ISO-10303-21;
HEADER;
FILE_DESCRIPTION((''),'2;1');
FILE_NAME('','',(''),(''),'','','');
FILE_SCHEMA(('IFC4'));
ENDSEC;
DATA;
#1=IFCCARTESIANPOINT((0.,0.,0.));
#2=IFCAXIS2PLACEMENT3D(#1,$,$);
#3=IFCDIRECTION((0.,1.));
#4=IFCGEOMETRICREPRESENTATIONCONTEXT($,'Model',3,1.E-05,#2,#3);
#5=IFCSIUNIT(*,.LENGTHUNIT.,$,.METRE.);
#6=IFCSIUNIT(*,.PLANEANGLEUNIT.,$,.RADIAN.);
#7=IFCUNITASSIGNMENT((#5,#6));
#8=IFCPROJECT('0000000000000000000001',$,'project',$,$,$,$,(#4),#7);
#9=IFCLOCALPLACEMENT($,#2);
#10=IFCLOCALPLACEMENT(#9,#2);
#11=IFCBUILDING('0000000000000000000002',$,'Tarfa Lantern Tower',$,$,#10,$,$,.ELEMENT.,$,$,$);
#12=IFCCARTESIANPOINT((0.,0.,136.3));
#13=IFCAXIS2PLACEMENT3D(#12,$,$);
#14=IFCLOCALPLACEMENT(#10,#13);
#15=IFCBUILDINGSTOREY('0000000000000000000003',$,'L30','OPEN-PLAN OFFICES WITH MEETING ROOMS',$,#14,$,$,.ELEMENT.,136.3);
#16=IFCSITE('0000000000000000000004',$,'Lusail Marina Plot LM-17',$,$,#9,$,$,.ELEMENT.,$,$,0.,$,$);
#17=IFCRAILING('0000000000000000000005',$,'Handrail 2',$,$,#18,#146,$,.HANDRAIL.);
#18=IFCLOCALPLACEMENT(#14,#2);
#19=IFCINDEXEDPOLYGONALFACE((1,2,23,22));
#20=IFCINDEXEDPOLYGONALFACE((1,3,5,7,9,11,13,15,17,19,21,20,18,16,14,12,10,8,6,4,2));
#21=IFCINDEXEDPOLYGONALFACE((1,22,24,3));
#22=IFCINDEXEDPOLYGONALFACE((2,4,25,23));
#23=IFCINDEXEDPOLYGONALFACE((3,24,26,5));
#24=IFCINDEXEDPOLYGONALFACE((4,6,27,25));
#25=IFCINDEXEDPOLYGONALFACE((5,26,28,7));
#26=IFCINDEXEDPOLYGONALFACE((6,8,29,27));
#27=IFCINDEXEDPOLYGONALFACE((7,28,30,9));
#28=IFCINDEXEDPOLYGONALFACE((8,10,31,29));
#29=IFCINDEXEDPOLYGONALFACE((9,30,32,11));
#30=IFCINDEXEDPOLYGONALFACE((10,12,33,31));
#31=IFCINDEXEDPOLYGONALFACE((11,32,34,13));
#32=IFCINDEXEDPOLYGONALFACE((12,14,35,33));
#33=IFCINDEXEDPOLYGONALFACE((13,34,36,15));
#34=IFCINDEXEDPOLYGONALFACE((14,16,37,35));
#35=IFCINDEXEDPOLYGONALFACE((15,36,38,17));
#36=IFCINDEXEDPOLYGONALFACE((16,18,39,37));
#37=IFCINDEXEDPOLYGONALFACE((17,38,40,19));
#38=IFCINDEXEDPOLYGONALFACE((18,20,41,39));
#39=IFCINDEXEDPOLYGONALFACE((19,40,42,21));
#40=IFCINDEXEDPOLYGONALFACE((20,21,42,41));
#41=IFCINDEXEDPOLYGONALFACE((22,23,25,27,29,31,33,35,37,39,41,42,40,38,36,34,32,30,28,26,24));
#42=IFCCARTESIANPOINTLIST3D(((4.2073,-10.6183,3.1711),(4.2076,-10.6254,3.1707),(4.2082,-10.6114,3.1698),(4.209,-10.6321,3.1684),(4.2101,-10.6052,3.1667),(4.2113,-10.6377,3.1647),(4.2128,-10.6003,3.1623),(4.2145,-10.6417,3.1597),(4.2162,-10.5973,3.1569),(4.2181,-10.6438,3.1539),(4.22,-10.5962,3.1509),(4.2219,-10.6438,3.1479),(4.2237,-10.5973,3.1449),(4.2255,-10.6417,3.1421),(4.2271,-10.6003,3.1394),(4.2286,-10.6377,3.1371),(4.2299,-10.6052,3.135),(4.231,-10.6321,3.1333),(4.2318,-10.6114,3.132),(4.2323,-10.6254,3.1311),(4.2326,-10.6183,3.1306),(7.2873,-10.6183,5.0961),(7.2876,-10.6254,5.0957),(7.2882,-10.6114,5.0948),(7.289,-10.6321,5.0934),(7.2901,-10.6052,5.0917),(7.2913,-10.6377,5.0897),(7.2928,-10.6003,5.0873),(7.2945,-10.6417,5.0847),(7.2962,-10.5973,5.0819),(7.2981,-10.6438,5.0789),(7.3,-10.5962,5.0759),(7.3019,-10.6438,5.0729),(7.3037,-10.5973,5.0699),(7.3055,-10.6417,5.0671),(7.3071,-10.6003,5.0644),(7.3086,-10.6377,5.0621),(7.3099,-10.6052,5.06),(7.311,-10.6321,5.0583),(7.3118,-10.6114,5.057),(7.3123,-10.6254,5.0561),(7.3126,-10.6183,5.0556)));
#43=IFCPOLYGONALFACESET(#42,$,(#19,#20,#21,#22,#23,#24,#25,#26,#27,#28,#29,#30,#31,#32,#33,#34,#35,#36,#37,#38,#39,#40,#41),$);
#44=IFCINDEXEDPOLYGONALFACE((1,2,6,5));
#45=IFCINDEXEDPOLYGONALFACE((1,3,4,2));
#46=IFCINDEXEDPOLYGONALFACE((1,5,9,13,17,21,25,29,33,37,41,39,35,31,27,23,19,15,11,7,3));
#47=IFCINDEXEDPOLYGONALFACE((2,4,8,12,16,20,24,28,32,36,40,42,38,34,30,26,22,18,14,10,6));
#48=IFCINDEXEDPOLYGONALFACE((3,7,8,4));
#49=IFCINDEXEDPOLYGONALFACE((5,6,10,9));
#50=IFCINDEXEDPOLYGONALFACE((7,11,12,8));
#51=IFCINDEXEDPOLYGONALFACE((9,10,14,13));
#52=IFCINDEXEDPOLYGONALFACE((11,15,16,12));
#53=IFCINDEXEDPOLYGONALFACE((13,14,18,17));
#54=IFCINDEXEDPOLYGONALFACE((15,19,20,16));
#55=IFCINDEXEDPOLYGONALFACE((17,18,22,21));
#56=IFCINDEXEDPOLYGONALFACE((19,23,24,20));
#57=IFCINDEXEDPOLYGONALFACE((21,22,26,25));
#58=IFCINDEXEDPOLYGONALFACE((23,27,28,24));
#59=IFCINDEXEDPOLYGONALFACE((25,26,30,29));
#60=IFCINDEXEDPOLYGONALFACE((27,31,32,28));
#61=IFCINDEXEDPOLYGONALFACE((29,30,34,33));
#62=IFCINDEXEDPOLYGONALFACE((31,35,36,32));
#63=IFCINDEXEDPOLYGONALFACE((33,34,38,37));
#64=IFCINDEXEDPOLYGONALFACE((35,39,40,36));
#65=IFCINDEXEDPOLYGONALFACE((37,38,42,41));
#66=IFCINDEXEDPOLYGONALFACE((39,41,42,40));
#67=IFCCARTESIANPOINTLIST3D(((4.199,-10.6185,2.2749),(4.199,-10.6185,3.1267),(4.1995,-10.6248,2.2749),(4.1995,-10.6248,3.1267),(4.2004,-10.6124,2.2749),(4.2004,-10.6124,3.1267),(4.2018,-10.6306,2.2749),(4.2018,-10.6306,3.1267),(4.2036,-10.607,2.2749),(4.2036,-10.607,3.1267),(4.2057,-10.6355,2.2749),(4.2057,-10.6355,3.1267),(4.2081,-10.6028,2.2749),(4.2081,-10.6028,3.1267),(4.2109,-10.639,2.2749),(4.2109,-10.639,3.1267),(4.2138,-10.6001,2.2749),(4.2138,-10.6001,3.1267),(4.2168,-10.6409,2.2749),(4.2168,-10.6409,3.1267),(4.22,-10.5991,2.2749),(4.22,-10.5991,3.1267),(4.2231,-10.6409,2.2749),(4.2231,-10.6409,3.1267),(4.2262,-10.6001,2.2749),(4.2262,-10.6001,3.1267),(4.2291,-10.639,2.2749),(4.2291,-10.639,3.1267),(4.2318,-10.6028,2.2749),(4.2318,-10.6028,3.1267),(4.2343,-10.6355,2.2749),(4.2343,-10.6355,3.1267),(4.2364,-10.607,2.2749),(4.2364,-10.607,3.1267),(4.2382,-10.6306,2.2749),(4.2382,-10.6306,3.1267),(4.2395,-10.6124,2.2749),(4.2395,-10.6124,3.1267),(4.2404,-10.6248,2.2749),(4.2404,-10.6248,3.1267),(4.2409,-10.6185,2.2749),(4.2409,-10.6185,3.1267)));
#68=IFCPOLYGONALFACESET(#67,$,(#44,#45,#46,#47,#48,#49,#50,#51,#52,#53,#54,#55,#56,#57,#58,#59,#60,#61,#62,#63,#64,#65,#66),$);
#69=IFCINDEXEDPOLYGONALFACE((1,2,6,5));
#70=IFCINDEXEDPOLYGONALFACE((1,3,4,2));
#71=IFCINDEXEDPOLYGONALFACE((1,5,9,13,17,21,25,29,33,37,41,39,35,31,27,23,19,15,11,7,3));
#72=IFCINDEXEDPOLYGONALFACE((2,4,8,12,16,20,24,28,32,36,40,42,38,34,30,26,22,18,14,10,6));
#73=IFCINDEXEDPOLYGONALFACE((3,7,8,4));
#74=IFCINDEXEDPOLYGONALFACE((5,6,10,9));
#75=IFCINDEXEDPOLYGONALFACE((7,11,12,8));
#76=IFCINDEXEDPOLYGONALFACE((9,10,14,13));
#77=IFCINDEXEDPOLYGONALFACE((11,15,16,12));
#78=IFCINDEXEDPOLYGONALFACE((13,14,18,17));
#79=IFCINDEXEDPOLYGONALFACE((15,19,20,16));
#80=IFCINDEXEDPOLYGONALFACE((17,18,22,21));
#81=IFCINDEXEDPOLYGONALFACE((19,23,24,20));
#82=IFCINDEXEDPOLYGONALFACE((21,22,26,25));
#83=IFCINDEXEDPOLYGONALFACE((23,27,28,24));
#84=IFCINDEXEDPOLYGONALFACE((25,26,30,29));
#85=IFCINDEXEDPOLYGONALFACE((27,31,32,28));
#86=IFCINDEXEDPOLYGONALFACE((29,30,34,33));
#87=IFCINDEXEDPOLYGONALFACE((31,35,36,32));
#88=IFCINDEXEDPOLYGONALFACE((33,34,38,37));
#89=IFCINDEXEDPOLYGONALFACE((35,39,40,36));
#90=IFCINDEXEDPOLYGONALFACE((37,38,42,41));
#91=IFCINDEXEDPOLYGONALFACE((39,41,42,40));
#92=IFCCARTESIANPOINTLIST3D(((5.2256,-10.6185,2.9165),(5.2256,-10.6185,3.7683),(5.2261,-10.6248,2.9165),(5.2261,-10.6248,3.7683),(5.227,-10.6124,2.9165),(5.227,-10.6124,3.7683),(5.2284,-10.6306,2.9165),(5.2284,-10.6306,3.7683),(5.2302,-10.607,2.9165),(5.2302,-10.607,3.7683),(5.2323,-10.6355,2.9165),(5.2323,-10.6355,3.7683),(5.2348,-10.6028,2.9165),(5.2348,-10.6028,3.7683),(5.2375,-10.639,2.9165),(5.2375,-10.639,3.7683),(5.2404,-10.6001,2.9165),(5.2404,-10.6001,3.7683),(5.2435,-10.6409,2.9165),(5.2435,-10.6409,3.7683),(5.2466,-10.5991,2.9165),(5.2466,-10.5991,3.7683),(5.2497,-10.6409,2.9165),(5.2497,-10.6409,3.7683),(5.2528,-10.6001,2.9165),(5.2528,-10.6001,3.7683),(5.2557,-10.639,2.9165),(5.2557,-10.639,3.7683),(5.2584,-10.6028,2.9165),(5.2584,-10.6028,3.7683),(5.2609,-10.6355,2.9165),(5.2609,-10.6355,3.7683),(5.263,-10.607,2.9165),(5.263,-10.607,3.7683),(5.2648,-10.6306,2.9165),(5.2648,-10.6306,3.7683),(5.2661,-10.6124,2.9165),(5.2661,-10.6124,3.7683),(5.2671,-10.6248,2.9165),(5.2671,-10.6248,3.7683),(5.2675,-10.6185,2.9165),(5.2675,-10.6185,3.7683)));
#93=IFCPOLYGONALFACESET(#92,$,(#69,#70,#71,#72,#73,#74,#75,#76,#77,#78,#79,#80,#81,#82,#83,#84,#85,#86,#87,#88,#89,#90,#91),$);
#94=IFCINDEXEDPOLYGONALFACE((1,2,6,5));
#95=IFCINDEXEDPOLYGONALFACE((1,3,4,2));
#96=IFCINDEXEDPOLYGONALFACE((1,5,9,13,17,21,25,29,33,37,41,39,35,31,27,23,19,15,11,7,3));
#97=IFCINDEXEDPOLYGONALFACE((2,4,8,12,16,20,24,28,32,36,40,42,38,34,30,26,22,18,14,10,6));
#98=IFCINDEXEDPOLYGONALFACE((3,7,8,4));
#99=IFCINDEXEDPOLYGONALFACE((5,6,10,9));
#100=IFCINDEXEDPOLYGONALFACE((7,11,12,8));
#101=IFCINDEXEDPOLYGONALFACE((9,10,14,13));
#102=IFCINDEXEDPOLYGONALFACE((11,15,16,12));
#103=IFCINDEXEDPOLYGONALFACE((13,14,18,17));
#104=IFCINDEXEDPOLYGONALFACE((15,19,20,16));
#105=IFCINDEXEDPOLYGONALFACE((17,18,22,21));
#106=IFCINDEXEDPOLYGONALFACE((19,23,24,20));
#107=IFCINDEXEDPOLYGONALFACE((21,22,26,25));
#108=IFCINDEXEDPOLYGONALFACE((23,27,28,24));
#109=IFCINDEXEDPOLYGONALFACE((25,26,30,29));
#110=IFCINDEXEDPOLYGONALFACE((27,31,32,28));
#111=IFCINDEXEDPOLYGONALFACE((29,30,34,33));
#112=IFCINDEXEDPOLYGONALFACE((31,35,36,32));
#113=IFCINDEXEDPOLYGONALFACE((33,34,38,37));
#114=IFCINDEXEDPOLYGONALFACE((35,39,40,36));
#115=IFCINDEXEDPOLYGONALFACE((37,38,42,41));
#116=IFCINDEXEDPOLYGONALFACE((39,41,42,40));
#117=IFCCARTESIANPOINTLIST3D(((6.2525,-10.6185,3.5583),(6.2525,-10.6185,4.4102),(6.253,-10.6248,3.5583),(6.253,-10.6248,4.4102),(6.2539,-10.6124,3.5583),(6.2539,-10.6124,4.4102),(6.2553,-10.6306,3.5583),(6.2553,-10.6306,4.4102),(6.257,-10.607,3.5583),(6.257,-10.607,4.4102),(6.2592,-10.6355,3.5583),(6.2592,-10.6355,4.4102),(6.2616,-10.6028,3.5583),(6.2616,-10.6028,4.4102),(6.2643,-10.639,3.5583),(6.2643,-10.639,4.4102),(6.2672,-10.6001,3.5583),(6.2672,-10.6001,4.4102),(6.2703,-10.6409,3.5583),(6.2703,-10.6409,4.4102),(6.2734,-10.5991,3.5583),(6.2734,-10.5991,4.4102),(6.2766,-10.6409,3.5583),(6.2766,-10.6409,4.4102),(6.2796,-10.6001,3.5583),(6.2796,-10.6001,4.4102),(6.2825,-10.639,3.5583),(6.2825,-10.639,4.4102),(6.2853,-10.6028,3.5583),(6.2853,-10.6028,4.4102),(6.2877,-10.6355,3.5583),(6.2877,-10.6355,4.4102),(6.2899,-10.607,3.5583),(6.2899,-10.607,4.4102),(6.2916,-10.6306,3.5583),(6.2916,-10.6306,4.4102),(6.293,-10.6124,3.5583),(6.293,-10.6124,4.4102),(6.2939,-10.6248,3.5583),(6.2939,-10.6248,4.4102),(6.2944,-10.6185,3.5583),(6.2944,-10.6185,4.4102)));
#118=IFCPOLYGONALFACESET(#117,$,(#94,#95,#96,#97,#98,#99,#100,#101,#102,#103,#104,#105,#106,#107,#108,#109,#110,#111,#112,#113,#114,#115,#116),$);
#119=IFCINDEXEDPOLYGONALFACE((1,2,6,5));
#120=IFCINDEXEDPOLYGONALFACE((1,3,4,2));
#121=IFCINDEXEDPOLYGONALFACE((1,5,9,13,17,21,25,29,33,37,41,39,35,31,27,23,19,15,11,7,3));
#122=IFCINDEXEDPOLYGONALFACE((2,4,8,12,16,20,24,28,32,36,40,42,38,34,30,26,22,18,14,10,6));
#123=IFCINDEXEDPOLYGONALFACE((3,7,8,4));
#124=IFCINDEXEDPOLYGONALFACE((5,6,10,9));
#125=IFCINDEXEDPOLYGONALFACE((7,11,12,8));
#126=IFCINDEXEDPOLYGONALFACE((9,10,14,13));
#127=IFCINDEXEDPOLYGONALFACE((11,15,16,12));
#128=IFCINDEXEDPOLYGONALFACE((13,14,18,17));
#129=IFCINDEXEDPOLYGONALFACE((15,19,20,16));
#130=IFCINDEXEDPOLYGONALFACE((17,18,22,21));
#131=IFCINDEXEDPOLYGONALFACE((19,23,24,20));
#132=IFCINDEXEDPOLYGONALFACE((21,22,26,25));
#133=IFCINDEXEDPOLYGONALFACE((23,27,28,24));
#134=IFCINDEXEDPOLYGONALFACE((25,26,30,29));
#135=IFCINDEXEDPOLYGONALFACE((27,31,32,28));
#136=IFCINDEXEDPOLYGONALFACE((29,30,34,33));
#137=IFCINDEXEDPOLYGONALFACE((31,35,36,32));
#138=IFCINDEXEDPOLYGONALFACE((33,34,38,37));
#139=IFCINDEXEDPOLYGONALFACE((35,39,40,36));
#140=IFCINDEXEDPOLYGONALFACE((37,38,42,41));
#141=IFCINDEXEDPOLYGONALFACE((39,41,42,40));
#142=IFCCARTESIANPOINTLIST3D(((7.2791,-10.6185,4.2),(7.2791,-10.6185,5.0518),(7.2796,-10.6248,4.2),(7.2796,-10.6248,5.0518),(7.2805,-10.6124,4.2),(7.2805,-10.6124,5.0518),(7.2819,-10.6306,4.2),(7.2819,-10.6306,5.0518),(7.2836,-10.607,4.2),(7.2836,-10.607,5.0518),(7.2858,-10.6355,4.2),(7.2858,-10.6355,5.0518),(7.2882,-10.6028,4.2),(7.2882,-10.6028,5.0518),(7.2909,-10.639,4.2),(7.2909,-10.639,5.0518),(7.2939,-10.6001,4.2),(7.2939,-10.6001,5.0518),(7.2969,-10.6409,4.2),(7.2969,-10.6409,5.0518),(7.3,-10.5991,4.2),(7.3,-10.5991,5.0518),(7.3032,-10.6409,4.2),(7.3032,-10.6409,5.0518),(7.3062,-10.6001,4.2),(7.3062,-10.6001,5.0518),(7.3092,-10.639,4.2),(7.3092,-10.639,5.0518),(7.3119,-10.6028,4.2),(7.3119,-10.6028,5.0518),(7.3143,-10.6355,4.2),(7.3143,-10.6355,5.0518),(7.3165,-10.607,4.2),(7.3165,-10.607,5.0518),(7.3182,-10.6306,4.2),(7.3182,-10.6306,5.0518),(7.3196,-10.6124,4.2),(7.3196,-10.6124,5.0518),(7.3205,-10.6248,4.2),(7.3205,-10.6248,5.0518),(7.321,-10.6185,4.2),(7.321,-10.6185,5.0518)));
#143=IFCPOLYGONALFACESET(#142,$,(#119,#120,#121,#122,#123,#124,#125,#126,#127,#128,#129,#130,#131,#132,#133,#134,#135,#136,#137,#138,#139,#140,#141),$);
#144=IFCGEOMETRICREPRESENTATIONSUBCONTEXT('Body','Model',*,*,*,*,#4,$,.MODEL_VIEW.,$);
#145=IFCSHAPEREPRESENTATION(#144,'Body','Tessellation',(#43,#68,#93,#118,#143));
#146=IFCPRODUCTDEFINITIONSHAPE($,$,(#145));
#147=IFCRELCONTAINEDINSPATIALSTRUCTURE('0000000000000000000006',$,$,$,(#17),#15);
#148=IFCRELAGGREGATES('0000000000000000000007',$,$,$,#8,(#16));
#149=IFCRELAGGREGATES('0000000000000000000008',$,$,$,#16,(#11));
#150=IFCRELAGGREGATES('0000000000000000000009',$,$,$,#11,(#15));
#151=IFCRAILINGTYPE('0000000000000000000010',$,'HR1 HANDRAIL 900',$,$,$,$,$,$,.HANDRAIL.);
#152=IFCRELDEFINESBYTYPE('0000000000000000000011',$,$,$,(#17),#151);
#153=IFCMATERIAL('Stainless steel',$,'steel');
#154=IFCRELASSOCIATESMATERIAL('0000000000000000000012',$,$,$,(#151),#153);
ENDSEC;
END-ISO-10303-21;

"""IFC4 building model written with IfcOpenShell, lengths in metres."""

from ifc_helpers import new_model, si_unit, direction, frame, origin, origin_2d, place, context, subcontext, project, spatial, circle, extrude, material, type_object, element, save


model = new_model("IFC4")

# Units and contexts
model_context = context("Model", 3, precision=1e-05, world=origin(), true_north=direction((0.0, 1.0)))
body_context = subcontext(model_context, "Body", "Model", "MODEL_VIEW")
ifc_project = project(units=[si_unit("LENGTHUNIT", "METRE"), si_unit("PLANEANGLEUNIT", "RADIAN")], contexts=[model_context])

# Site, building, storey
site_placement = place(None, origin())
site = spatial("IfcSite", under=ifc_project, at=site_placement, Name="Lusail Marina Plot LM-17", CompositionType="ELEMENT", RefElevation=0.0)
building_placement = place(site_placement, origin())
building = spatial("IfcBuilding", under=site, at=building_placement, Name="Tarfa Lantern Tower", CompositionType="ELEMENT")
storey_placement = place(building_placement, frame((0.0, 0.0, 136.3)))
storey = spatial("IfcBuildingStorey", under=building, at=storey_placement, Name="L30", Description="OPEN-PLAN OFFICES WITH MEETING ROOMS", CompositionType="ELEMENT", Elevation=136.3)

# Railing
ifc_material_1 = material(Name="Stainless steel", Category="steel")
railing_type = type_object("IfcRailingType", Name="HR1 HANDRAIL 900", PredefinedType="HANDRAIL", material=ifc_material_1)
railing_1_placement = place(storey_placement, frame((4.22, -10.6201, 2.2749)))
element("IfcRailing", 1, at=railing_1_placement, inside=storey, type_object=railing_type, Name="Handrail 2", PredefinedType="HANDRAIL", context=body_context, shape_type="SweptSolid", body=[
    extrude(circle(Radius=0.0239, at=origin_2d()), frame((0.0, 0.0, 0.876), z_axis=(0.847998, 0.0, 0.529999), x_axis=(0.0, 1.0, 0.0)), (0.0, 0.0, 1.0), 3.6321),
    extrude(circle(Radius=0.021, at=origin_2d()), frame((0.0, 0.0, 0.0), z_axis=(0.0, 0.0, 1.0), x_axis=(0.0, 1.0, 0.0)), (0.0, 0.0, 1.0), 0.8518),
    extrude(circle(Radius=0.021, at=origin_2d()), frame((1.0266, 0.0, 0.6416), z_axis=(0.0, 0.0, 1.0), x_axis=(0.0, 1.0, 0.0)), (0.0, 0.0, 1.0), 0.8518),
    extrude(circle(Radius=0.021, at=origin_2d()), frame((2.0535, 0.0, 1.2834), z_axis=(0.0, 0.0, 1.0), x_axis=(0.0, 1.0, 0.0)), (0.0, 0.0, 1.0), 0.8518),
    extrude(circle(Radius=0.021, at=origin_2d()), frame((3.0801, 0.0, 1.925), z_axis=(0.0, 0.0, 1.0), x_axis=(0.0, 1.0, 0.0)), (0.0, 0.0, 1.0), 0.8518),
])

save(model, "model.ifc")
